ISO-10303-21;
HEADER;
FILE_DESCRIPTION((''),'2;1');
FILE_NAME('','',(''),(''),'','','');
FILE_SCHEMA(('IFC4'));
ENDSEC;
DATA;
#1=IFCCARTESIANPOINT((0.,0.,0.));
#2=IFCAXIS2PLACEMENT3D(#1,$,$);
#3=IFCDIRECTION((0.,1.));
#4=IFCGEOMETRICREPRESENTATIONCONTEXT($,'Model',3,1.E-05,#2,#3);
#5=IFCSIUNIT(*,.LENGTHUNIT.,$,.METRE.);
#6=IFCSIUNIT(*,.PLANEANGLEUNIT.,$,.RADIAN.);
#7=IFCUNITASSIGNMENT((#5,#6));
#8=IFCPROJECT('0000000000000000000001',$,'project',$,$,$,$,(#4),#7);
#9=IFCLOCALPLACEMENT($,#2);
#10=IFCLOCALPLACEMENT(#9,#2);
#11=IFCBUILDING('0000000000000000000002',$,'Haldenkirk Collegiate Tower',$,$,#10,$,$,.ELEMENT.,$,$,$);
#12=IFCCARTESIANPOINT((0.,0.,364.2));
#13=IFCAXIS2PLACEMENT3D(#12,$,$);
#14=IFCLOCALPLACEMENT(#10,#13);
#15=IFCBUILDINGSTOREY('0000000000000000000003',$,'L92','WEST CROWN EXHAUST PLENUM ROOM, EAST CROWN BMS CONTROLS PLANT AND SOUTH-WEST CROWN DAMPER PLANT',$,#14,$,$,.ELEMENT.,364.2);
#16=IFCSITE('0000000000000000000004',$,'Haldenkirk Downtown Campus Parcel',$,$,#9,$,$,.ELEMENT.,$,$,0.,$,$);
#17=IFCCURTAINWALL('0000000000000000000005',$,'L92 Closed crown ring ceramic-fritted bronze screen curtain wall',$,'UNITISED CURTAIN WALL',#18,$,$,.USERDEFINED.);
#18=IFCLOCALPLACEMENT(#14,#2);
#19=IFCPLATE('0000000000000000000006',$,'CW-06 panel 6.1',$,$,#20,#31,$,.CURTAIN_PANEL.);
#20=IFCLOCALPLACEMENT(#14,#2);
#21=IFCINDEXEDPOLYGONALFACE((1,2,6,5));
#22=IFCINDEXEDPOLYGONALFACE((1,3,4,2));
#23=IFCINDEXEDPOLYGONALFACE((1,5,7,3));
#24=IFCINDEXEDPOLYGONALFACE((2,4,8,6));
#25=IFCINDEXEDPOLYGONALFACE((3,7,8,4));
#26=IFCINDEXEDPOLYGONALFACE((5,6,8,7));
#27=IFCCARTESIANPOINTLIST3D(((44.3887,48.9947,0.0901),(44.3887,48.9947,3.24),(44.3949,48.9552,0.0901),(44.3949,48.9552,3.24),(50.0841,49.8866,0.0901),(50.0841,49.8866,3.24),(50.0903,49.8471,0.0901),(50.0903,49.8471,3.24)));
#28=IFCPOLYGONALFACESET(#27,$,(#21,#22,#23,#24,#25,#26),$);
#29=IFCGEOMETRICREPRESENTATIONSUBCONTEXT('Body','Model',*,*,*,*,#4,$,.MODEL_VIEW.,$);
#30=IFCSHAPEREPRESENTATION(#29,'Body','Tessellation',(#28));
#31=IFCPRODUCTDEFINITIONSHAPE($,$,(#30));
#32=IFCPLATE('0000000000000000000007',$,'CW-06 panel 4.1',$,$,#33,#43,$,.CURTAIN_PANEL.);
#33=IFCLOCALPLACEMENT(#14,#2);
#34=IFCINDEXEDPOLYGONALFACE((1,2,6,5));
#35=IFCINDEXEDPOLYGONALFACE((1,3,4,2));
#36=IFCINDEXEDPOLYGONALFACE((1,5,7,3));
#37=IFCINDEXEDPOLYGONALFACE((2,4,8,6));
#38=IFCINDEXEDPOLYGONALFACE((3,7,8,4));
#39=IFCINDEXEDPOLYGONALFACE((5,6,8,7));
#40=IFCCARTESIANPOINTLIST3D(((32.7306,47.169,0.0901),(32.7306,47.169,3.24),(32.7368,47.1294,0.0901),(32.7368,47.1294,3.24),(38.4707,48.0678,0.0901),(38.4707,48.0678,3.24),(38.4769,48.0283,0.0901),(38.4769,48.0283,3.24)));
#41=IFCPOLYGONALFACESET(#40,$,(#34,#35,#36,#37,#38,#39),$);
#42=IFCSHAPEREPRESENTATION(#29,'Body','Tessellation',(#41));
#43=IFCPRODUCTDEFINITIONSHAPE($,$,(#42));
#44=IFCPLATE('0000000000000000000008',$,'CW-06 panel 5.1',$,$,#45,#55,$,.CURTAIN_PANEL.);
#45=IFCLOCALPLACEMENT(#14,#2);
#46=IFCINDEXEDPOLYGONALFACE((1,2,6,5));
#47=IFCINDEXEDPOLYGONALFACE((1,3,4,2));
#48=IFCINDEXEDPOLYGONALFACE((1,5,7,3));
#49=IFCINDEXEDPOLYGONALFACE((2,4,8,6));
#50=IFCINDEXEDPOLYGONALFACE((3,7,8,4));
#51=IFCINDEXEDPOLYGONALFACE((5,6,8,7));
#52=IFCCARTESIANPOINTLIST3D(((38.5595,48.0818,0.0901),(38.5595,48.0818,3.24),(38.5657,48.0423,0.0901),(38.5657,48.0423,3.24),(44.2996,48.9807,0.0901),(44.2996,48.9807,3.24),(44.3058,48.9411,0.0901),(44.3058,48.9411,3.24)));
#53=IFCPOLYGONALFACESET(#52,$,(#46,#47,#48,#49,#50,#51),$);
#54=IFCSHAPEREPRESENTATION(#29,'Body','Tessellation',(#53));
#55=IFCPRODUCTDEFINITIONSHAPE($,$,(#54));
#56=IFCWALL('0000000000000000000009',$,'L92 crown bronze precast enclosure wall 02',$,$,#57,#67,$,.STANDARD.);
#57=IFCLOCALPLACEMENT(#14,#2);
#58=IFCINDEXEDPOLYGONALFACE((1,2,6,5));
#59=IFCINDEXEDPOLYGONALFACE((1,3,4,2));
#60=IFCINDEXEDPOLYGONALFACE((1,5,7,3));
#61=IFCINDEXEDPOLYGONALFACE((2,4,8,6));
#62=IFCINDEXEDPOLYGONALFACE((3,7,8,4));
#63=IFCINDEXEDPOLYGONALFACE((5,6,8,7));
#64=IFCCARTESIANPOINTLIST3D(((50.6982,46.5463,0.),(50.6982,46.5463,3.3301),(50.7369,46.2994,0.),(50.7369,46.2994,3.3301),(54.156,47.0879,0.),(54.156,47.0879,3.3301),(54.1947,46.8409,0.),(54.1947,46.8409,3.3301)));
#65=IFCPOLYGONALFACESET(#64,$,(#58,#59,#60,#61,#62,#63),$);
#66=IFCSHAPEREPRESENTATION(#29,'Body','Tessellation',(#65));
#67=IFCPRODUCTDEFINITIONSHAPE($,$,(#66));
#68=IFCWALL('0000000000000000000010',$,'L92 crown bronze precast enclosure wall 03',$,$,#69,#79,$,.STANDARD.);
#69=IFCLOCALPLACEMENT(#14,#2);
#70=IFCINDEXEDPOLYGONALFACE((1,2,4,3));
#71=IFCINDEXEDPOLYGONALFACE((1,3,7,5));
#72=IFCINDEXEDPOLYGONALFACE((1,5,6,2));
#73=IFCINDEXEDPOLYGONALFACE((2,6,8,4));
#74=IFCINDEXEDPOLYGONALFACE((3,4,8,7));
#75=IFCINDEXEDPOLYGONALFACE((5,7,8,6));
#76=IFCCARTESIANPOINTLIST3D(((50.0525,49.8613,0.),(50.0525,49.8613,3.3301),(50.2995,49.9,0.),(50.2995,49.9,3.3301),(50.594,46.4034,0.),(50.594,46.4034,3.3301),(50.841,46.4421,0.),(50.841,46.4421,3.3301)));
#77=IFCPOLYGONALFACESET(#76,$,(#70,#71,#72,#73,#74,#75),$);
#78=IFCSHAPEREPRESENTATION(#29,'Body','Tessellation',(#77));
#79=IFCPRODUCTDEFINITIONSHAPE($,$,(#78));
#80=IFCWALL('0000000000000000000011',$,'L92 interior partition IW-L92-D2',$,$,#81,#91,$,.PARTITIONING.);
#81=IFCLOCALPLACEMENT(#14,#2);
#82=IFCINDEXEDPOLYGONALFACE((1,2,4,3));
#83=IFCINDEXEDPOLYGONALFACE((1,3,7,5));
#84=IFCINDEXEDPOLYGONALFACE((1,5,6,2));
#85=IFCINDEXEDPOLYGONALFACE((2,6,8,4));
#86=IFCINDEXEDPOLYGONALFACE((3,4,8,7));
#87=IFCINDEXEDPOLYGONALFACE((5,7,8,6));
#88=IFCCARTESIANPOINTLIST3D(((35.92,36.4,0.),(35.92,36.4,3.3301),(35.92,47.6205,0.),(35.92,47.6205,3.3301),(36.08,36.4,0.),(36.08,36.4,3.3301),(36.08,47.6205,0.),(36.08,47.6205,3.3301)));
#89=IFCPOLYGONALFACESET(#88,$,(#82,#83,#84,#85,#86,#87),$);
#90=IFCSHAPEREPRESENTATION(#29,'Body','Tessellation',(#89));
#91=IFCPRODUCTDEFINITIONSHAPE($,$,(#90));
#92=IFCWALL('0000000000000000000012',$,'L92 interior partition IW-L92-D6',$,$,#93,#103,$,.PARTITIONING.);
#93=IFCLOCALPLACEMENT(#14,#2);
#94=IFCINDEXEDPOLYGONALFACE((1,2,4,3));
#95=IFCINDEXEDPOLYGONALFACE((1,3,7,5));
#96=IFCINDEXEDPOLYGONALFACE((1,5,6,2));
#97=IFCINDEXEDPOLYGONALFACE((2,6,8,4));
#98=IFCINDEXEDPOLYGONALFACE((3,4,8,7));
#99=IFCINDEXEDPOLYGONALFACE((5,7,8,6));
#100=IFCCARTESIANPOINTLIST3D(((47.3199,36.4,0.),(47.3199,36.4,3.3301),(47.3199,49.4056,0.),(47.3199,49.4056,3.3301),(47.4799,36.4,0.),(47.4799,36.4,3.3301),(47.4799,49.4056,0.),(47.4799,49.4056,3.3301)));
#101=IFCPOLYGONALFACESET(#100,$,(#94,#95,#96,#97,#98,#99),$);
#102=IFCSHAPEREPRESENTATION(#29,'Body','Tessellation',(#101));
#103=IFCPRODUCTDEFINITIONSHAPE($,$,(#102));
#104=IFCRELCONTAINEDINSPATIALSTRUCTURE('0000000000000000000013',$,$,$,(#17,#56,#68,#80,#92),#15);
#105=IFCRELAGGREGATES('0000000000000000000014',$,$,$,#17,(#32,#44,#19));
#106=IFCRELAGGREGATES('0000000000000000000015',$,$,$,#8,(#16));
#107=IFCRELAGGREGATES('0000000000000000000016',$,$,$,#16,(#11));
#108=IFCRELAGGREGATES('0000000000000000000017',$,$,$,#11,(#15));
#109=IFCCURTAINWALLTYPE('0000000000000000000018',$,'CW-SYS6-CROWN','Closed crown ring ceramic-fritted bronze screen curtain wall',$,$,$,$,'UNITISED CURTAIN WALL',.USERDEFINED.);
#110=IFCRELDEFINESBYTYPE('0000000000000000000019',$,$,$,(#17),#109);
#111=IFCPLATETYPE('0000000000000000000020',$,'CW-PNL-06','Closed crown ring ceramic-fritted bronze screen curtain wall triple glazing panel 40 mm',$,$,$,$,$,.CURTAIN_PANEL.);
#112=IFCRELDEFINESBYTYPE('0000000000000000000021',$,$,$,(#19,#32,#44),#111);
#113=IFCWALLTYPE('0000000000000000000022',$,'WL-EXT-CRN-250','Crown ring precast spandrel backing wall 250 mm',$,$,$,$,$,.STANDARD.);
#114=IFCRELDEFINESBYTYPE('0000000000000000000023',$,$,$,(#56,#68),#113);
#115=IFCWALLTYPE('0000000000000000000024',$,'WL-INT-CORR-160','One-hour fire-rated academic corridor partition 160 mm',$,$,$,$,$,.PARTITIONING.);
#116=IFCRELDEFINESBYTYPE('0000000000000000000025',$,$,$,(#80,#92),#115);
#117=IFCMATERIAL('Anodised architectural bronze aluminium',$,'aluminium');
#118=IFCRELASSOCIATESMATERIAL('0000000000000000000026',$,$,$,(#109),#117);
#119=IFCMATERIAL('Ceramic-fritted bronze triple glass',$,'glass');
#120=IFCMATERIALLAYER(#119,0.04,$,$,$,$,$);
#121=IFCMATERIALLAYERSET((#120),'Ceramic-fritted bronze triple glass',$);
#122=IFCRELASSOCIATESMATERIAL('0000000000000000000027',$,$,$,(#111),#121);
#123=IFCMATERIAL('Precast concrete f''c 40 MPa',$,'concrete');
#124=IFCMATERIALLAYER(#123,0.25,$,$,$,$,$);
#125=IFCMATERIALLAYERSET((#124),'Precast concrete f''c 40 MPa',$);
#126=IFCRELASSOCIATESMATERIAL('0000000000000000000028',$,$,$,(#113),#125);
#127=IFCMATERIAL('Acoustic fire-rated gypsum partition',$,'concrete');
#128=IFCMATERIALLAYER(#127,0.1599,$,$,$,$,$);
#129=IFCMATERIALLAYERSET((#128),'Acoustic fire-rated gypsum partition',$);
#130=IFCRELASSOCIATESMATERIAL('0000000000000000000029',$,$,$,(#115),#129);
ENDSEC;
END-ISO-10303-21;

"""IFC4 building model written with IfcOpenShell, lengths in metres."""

from ifc_helpers import new_model, si_unit, direction, frame, frame_2d, origin, origin_2d, place, context, subcontext, project, spatial, rectangle, extrude, source, transform, mapped, material, layer, layer_set, type_object, element, aggregate, save


model = new_model("IFC4")

# Units and contexts
model_context = context("Model", 3, precision=1e-05, world=origin(), true_north=direction((0.0, 1.0)))
body_context = subcontext(model_context, "Body", "Model", "MODEL_VIEW")
ifc_project = project(units=[si_unit("LENGTHUNIT", "METRE"), si_unit("PLANEANGLEUNIT", "RADIAN")], contexts=[model_context])

# Site, building, storey
site_placement = place(None, origin())
site = spatial("IfcSite", under=ifc_project, at=site_placement, Name="Haldenkirk Downtown Campus Parcel", CompositionType="ELEMENT", RefElevation=0.0)
building_placement = place(site_placement, origin())
building = spatial("IfcBuilding", under=site, at=building_placement, Name="Haldenkirk Collegiate Tower", CompositionType="ELEMENT")
storey_placement = place(building_placement, frame((0.0, 0.0, 364.2)))
storey = spatial("IfcBuildingStorey", under=building, at=storey_placement, Name="L92", Description="WEST CROWN EXHAUST PLENUM ROOM, EAST CROWN BMS CONTROLS PLANT AND SOUTH-WEST CROWN DAMPER PLANT", CompositionType="ELEMENT", Elevation=364.2)

# Curtain wall
ifc_material_1 = material(Name="Anodised architectural bronze aluminium", Category="aluminium")
curtain_wall_type = type_object("IfcCurtainWallType", Name="CW-SYS6-CROWN", Description="Closed crown ring ceramic-fritted bronze screen curtain wall", ElementType="UNITISED CURTAIN WALL", PredefinedType="USERDEFINED", material=ifc_material_1)
curtain_wall_1_placement = place(storey_placement, origin())
curtain_wall_1 = element("IfcCurtainWall", 1, at=curtain_wall_1_placement, inside=storey, type_object=curtain_wall_type, Name="L92 Closed crown ring ceramic-fritted bronze screen curtain wall", ObjectType="UNITISED CURTAIN WALL", PredefinedType="USERDEFINED")

# Plates
ifc_material_2 = material(Name="Ceramic-fritted bronze triple glass", Category="glass")
ifc_layer_1 = layer(ifc_material_2, 0.04)
ifc_layer_set_1 = layer_set([ifc_layer_1], Name="Ceramic-fritted bronze triple glass")
plate_type_1 = type_object("IfcPlateType", Name="CW-PNL-06", Description="Closed crown ring ceramic-fritted bronze screen curtain wall triple glazing panel 40 mm", PredefinedType="CURTAIN_PANEL", material=ifc_layer_set_1)
shared_shape_1 = source(origin(), body_context, "Body", "SweptSolid", [
    extrude(rectangle(XDim=5.7649, YDim=0.04, at=origin_2d()), origin(), (0.0, 0.0, 1.0), 3.1499),
])
plate_1_placement = place(storey_placement, frame((47.2395, 49.4209, 0.0901), z_axis=(0.0, 0.0, 1.0), x_axis=(0.98796, 0.154709, 0.0)))
plate_1 = element("IfcPlate", 2, at=plate_1_placement, type_object=plate_type_1, Name="CW-06 panel 6.1", PredefinedType="CURTAIN_PANEL", context=body_context, shape_type="MappedRepresentation", body=[
    mapped(shared_shape_1, transform((0.0, 0.0, 0.0), x_axis=(1.0, 0.0, 0.0), y_axis=(0.0, 1.0, 0.0), z_axis=(0.0, 0.0, 1.0), scale=1.0)),
])
shared_shape_2 = source(origin(), body_context, "Body", "SweptSolid", [
    extrude(rectangle(XDim=5.8101, YDim=0.04, at=origin_2d()), origin(), (0.0, 0.0, 1.0), 3.1499),
])
plate_2_placement = place(storey_placement, frame((35.6038, 47.5986, 0.0901), z_axis=(0.0, 0.0, 1.0), x_axis=(0.98796, 0.154709, 0.0)))
plate_2 = element("IfcPlate", 3, at=plate_2_placement, type_object=plate_type_1, Name="CW-06 panel 4.1", PredefinedType="CURTAIN_PANEL", context=body_context, shape_type="MappedRepresentation", body=[
    mapped(shared_shape_2, transform((0.0, 0.0, 0.0), x_axis=(1.0, 0.0, 0.0), y_axis=(0.0, 1.0, 0.0), z_axis=(0.0, 0.0, 1.0), scale=1.0)),
])
plate_3_placement = place(storey_placement, frame((41.4326, 48.5115, 0.0901), z_axis=(0.0, 0.0, 1.0), x_axis=(0.98796, 0.154709, 0.0)))
plate_3 = element("IfcPlate", 4, at=plate_3_placement, type_object=plate_type_1, Name="CW-06 panel 5.1", PredefinedType="CURTAIN_PANEL", context=body_context, shape_type="MappedRepresentation", body=[
    mapped(shared_shape_2, transform((0.0, 0.0, 0.0), x_axis=(1.0, 0.0, 0.0), y_axis=(0.0, 1.0, 0.0), z_axis=(0.0, 0.0, 1.0), scale=1.0)),
])
aggregate(curtain_wall_1, [plate_2, plate_3, plate_1])

# Walls
ifc_material_3 = material(Name="Precast concrete f'c 40 MPa", Category="concrete")
ifc_layer_2 = layer(ifc_material_3, 0.25)
ifc_layer_set_2 = layer_set([ifc_layer_2], Name="Precast concrete f'c 40 MPa")
wall_type_1 = type_object("IfcWallType", Name="WL-EXT-CRN-250", Description="Crown ring precast spandrel backing wall 250 mm", PredefinedType="STANDARD", material=ifc_layer_set_2)
for number, where, z_axis, x_axis, name in (
    (5, (50.7175, 46.4229, 0.0), (0.0, 0.0, 1.0), (0.987958, 0.154719, 0.0), "L92 crown bronze precast enclosure wall 02"),
    (6, (50.176, 49.8806, 0.0), (0.0, 0.0, 1.0), (0.154719, -0.987958, 0.0), "L92 crown bronze precast enclosure wall 03"),
):
    element("IfcWall", number, at=place(storey_placement, frame(where, z_axis=z_axis, x_axis=x_axis)), inside=storey, type_object=wall_type_1, Name=name, PredefinedType="STANDARD", context=body_context, shape_type="SweptSolid", body=[
        extrude(rectangle(XDim=3.5, YDim=0.25, at=frame_2d((1.75, 0.0))), origin(), (0.0, 0.0, 1.0), 3.3301),
    ])
ifc_material_4 = material(Name="Acoustic fire-rated gypsum partition", Category="concrete")
ifc_layer_3 = layer(ifc_material_4, 0.1599)
ifc_layer_set_3 = layer_set([ifc_layer_3], Name="Acoustic fire-rated gypsum partition")
wall_type_2 = type_object("IfcWallType", Name="WL-INT-CORR-160", Description="One-hour fire-rated academic corridor partition 160 mm", PredefinedType="PARTITIONING", material=ifc_layer_set_3)
wall_1_placement = place(storey_placement, frame((36.0, 36.3999, 0.0), z_axis=(0.0, 0.0, 1.0), x_axis=(0.0, 1.0, 0.0)))
element("IfcWall", 7, at=wall_1_placement, inside=storey, type_object=wall_type_2, Name="L92 interior partition IW-L92-D2", PredefinedType="PARTITIONING", context=body_context, shape_type="SweptSolid", body=[
    extrude(rectangle(XDim=11.2205, YDim=0.1599, at=frame_2d((5.6104, 0.0))), origin(), (0.0, 0.0, 1.0), 3.3301),
])
wall_2_placement = place(storey_placement, frame((47.3999, 36.3999, 0.0), z_axis=(0.0, 0.0, 1.0), x_axis=(0.0, 1.0, 0.0)))
element("IfcWall", 8, at=wall_2_placement, inside=storey, type_object=wall_type_2, Name="L92 interior partition IW-L92-D6", PredefinedType="PARTITIONING", context=body_context, shape_type="SweptSolid", body=[
    extrude(rectangle(XDim=13.0056, YDim=0.1599, at=frame_2d((6.5029, 0.0))), origin(), (0.0, 0.0, 1.0), 3.3301),
])

save(model, "model.ifc")
